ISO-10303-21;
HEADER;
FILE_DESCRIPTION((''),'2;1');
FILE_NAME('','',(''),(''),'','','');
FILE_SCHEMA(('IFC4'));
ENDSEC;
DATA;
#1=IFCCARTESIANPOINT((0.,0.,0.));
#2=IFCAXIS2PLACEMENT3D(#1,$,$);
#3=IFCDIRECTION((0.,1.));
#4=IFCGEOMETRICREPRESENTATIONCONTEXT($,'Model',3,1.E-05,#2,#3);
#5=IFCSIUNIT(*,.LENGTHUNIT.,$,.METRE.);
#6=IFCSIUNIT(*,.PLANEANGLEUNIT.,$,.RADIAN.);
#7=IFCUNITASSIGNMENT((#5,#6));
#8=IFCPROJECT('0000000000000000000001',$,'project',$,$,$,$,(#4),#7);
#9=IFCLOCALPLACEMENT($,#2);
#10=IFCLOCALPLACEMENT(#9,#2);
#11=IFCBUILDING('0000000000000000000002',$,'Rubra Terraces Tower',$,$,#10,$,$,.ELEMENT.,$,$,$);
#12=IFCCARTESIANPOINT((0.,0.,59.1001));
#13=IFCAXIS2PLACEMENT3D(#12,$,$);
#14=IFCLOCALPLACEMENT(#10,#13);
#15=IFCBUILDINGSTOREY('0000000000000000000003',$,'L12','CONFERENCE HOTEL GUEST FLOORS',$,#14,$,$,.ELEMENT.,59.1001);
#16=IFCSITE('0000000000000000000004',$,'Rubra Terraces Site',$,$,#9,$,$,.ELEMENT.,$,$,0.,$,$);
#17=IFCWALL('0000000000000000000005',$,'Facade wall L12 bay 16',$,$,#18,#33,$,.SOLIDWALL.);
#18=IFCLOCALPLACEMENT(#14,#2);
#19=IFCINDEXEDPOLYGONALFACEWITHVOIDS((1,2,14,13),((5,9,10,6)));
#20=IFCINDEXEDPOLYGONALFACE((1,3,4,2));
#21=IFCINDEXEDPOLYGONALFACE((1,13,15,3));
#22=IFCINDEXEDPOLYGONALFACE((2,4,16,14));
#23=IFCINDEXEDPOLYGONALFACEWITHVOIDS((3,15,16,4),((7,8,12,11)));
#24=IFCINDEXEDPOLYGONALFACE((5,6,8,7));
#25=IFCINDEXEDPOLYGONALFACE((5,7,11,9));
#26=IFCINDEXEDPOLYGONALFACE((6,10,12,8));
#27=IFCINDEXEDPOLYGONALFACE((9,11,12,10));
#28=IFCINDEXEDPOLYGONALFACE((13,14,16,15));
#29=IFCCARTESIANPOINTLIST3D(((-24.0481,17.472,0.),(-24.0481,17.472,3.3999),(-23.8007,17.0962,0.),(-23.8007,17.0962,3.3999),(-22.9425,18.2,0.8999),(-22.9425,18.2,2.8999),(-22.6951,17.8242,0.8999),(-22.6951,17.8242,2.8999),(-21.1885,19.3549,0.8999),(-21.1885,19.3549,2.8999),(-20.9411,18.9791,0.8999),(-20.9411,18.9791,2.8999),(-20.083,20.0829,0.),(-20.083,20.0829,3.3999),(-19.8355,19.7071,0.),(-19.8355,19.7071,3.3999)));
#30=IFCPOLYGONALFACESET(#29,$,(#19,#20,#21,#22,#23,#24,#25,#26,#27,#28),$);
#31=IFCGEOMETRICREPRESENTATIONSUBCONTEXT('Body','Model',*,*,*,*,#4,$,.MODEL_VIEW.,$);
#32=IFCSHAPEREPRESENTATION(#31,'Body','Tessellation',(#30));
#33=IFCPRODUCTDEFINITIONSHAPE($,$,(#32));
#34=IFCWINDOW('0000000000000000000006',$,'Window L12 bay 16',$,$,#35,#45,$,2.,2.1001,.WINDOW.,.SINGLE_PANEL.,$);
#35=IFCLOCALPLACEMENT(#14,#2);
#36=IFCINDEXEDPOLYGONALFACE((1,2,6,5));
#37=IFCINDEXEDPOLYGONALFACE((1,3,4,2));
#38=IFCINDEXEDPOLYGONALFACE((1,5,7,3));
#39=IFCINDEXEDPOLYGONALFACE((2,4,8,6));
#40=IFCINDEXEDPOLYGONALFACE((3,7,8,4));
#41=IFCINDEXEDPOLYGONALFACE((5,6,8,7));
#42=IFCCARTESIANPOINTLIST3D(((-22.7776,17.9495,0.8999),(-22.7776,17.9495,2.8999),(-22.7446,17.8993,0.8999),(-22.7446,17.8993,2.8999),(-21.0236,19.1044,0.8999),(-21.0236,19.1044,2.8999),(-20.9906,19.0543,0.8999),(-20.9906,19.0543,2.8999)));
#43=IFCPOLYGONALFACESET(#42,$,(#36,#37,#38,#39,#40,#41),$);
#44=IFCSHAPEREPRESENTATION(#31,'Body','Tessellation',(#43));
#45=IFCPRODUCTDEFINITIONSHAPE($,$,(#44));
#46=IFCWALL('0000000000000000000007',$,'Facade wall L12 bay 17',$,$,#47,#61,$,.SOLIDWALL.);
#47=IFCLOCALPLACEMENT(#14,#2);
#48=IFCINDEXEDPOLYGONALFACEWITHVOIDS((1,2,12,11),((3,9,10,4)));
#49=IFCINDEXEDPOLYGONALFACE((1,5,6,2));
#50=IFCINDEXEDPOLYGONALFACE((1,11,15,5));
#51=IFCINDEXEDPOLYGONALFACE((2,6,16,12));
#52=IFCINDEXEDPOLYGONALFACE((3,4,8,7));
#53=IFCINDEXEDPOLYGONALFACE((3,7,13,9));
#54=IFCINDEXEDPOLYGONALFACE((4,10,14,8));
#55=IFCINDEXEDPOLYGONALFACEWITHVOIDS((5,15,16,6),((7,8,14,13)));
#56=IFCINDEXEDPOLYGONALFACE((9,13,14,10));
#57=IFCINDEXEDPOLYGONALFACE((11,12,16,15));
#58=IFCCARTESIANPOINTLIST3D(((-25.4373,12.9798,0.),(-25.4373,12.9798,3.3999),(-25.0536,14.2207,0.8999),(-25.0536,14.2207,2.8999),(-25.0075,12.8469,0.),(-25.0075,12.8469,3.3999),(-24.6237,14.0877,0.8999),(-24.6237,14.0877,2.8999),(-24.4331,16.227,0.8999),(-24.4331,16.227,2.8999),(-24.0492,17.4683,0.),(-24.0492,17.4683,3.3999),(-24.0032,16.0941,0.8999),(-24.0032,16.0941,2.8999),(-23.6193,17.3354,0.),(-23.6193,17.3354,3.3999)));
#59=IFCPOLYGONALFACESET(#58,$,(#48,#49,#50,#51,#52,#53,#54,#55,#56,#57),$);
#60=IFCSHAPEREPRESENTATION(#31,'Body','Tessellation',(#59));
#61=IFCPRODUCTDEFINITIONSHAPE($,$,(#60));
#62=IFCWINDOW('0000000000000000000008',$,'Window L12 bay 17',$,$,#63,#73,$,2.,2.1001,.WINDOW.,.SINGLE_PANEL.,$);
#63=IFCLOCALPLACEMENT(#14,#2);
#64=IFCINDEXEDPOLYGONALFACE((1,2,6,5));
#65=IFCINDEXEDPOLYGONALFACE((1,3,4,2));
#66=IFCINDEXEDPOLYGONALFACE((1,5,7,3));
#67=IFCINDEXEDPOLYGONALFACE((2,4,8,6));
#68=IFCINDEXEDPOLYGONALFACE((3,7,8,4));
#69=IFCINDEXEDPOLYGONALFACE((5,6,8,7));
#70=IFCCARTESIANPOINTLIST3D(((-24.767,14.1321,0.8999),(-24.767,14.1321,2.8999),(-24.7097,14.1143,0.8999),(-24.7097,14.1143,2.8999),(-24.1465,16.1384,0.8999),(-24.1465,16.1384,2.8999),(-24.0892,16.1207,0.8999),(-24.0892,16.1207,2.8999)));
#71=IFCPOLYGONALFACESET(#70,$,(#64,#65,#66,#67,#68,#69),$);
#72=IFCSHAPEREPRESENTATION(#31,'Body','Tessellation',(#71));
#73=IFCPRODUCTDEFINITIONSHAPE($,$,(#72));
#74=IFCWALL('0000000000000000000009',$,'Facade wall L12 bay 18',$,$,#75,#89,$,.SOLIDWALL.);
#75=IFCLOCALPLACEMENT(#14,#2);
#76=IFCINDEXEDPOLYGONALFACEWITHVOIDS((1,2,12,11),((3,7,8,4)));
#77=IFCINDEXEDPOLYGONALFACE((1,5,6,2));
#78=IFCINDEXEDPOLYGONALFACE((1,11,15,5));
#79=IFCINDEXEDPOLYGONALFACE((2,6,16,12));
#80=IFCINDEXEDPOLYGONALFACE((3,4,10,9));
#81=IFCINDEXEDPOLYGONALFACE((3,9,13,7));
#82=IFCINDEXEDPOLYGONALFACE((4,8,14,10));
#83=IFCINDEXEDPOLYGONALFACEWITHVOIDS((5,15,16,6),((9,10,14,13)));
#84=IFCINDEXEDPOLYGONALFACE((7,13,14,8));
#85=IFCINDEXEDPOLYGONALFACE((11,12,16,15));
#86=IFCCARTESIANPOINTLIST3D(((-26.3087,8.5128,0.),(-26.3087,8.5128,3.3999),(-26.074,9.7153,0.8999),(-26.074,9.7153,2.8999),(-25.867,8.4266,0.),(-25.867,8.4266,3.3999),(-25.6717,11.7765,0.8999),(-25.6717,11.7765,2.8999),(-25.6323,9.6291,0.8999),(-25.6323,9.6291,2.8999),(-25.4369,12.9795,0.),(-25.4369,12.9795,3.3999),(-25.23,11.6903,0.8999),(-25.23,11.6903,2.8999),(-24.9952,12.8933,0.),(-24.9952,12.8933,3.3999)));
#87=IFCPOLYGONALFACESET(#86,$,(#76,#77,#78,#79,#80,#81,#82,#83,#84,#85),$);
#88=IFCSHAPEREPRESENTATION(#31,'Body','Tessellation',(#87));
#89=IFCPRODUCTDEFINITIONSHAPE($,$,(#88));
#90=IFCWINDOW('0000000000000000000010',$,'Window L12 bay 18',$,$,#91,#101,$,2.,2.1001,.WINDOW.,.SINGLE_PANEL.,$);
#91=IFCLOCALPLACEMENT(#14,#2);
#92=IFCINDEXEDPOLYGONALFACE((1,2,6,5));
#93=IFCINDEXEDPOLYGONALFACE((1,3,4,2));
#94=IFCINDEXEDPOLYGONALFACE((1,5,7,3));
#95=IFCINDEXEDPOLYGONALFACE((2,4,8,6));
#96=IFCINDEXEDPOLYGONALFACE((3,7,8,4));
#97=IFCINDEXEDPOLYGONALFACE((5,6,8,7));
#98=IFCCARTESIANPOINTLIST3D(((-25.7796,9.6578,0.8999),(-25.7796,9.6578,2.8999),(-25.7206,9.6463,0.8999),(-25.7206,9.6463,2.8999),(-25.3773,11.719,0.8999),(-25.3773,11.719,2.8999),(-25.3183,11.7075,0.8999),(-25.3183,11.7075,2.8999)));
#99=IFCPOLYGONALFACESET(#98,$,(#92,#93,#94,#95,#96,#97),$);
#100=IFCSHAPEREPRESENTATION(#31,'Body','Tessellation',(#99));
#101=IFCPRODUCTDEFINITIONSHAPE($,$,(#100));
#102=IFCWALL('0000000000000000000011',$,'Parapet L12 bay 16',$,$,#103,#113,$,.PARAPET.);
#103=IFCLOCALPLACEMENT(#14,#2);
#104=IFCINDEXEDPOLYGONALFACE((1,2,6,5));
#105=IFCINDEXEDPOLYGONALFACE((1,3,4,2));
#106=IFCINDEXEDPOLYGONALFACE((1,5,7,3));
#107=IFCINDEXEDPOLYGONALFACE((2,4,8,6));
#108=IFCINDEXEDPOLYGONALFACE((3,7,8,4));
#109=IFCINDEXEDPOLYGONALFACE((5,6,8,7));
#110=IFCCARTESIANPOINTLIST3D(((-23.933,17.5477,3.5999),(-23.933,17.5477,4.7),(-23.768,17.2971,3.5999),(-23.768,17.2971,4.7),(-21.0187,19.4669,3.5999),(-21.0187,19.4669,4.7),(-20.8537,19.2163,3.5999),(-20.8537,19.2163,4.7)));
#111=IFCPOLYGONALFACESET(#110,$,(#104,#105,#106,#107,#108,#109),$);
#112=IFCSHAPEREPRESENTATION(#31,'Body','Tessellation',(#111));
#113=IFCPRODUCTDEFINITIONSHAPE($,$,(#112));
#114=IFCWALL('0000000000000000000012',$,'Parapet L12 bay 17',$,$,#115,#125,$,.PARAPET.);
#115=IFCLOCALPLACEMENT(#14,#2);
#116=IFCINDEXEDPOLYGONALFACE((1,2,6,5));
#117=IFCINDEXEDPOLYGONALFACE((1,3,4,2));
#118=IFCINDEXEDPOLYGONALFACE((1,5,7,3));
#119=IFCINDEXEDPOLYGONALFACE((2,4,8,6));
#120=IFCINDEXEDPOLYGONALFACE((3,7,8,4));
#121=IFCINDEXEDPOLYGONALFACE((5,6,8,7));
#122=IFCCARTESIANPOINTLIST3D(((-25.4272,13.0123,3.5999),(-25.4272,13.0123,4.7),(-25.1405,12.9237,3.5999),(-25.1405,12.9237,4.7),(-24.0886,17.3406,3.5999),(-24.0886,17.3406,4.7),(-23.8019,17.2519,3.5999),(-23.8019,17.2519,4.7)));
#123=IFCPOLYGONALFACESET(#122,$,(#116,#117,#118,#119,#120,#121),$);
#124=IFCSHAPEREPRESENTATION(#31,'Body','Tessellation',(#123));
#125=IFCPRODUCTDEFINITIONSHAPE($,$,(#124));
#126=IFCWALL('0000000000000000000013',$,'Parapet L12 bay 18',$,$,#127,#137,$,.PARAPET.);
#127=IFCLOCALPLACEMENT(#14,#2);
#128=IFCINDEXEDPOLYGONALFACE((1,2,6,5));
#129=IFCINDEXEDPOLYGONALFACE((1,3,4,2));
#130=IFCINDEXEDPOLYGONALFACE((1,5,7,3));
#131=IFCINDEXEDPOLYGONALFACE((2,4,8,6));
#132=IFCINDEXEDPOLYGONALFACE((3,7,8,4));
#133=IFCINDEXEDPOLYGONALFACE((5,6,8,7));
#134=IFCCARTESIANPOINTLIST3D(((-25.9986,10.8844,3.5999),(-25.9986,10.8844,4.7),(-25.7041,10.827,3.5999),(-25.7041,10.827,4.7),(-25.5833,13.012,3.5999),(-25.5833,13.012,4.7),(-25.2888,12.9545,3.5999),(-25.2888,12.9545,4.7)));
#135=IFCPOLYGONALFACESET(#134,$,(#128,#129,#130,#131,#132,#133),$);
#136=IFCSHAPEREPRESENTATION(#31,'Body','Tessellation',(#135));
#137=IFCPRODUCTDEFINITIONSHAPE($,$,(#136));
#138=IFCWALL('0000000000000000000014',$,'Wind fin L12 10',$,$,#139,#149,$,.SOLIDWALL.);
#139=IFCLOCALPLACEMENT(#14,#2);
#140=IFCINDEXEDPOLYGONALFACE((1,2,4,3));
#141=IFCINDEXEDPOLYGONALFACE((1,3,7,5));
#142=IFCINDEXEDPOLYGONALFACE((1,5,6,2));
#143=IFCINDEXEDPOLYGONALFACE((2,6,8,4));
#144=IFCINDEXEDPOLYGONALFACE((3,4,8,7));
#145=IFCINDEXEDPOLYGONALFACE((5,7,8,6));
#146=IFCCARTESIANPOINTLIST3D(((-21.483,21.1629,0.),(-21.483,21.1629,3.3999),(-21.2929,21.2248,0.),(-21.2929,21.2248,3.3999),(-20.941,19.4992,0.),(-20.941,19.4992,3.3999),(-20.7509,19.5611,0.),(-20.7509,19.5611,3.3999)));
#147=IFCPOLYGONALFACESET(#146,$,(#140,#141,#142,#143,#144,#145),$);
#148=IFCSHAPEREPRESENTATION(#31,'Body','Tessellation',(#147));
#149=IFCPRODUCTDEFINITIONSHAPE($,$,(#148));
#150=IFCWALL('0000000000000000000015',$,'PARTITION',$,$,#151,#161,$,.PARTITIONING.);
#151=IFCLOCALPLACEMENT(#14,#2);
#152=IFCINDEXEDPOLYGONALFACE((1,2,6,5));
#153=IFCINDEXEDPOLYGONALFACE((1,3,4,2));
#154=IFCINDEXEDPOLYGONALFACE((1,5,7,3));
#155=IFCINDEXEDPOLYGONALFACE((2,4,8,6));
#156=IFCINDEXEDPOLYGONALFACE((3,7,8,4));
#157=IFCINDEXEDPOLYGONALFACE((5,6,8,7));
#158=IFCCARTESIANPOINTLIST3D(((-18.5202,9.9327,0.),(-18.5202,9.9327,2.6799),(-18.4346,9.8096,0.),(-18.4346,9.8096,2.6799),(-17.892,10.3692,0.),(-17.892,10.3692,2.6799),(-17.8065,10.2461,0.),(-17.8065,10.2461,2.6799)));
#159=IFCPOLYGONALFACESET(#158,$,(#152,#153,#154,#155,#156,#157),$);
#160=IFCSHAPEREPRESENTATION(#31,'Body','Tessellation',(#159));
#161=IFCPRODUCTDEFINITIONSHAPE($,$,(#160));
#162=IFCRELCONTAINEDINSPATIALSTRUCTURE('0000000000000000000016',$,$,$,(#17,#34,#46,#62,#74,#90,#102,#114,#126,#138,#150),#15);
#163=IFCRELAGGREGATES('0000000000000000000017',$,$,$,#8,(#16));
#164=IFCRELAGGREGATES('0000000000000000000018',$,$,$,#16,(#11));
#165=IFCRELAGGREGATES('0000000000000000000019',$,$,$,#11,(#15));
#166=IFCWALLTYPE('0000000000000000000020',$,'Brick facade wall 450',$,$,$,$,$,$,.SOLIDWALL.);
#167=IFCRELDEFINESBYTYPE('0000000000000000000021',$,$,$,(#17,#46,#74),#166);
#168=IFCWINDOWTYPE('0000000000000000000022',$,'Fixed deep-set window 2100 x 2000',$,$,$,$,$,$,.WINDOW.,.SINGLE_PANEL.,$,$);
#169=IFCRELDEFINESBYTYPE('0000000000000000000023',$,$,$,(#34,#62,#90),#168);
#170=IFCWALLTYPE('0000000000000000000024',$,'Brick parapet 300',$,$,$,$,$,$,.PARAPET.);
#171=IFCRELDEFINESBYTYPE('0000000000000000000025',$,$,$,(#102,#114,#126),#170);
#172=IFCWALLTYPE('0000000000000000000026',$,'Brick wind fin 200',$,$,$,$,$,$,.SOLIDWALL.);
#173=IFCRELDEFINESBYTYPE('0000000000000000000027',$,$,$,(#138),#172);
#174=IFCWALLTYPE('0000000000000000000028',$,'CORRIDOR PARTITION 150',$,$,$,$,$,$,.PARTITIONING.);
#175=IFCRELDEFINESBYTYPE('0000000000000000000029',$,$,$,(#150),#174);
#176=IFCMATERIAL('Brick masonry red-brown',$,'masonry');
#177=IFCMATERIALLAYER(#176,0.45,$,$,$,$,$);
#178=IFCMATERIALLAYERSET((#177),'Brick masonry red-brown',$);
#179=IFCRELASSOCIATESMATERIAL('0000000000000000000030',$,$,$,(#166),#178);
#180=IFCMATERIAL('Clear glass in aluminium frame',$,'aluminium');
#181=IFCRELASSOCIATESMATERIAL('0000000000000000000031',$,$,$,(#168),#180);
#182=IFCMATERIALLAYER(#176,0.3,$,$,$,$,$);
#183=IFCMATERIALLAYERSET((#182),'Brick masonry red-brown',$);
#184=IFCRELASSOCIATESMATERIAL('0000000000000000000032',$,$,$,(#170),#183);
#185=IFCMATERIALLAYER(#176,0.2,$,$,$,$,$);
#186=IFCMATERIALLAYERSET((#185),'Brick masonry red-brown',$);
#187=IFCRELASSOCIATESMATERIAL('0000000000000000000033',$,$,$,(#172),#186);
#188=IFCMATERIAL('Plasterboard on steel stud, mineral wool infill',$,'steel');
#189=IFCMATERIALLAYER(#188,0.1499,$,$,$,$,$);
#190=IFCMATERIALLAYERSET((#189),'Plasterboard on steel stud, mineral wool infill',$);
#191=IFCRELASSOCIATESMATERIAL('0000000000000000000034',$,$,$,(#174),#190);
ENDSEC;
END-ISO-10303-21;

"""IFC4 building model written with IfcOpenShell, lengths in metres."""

from ifc_helpers import new_model, si_unit, direction, frame, frame_2d, origin, place, context, subcontext, project, spatial, rectangle, extrude, material, layer, layer_set, type_object, element, fill, save


model = new_model("IFC4")

# Units and contexts
model_context = context("Model", 3, precision=1e-05, world=origin(), true_north=direction((0.0, 1.0)))
body_context = subcontext(model_context, "Body", "Model", "MODEL_VIEW")
ifc_project = project(units=[si_unit("LENGTHUNIT", "METRE"), si_unit("PLANEANGLEUNIT", "RADIAN")], contexts=[model_context])

# Site, building, storey
site_placement = place(None, origin())
site = spatial("IfcSite", under=ifc_project, at=site_placement, Name="Rubra Terraces Site", CompositionType="ELEMENT", RefElevation=0.0)
building_placement = place(site_placement, origin())
building = spatial("IfcBuilding", under=site, at=building_placement, Name="Rubra Terraces Tower", CompositionType="ELEMENT")
storey_placement = place(building_placement, frame((0.0, 0.0, 59.1001)))
storey = spatial("IfcBuildingStorey", under=building, at=storey_placement, Name="L12", Description="CONFERENCE HOTEL GUEST FLOORS", CompositionType="ELEMENT", Elevation=59.1001)

# Walls, openings, windows
ifc_material_1 = material(Name="Brick masonry red-brown", Category="masonry")
ifc_layer_1 = layer(ifc_material_1, 0.45)
ifc_layer_set_1 = layer_set([ifc_layer_1], Name="Brick masonry red-brown")
wall_type_1 = type_object("IfcWallType", Name="Brick facade wall 450", PredefinedType="SOLIDWALL", material=ifc_layer_set_1)
wall_1_placement = place(storey_placement, frame((-19.9592, 19.895, 0.0), z_axis=(0.0, 0.0, 1.0), x_axis=(-0.835201, -0.549944, 0.0)))
wall_1 = element("IfcWall", 1, at=wall_1_placement, inside=storey, type_object=wall_type_1, Name="Facade wall L12 bay 16", PredefinedType="SOLIDWALL", context=body_context, shape_type="SweptSolid", body=[
    extrude(rectangle(XDim=4.7476, YDim=0.45, at=frame_2d((2.3738, 0.0))), origin(), (0.0, 0.0, 1.0), 3.3999),
])
opening_1_placement = place(wall_1_placement, frame((1.3237, 0.0, 0.8999)))
opening_1 = element("IfcOpeningElement", 2, at=opening_1_placement, cuts=wall_1, PredefinedType="OPENING", context=body_context, shape_type="SweptSolid", body=[
    extrude(rectangle(XDim=2.1001, YDim=2.0, at=frame_2d((1.05, 1.0))), frame((0.0, 0.2349, 0.0), z_axis=(0.0, -1.0, 0.0), x_axis=(1.0, 0.0, 0.0)), (0.0, 0.0, 1.0), 0.47),
])
ifc_material_2 = material(Name="Clear glass in aluminium frame", Category="aluminium")
window_type = type_object("IfcWindowType", Name="Fixed deep-set window 2100 x 2000", PartitioningType="SINGLE_PANEL", PredefinedType="WINDOW", material=ifc_material_2)
window_1_placement = place(opening_1_placement, origin())
window_1 = element("IfcWindow", 3, at=window_1_placement, inside=storey, type_object=window_type, Name="Window L12 bay 16", OverallHeight=2.0, OverallWidth=2.1001, PartitioningType="SINGLE_PANEL", PredefinedType="WINDOW", context=body_context, shape_type="SweptSolid", body=[
    extrude(rectangle(XDim=2.1001, YDim=2.0, at=frame_2d((1.05, 1.0))), frame((0.0, 0.135, 0.0), z_axis=(0.0, -1.0, 0.0), x_axis=(1.0, 0.0, 0.0)), (0.0, 0.0, 1.0), 0.0601),
])
fill(opening_1, window_1)
wall_2_placement = place(storey_placement, frame((-23.8342, 17.4019, 0.0), z_axis=(0.0, 0.0, 1.0), x_axis=(-0.295466, -0.955353, 0.0)))
wall_2 = element("IfcWall", 4, at=wall_2_placement, inside=storey, type_object=wall_type_1, Name="Facade wall L12 bay 17", PredefinedType="SOLIDWALL", context=body_context, shape_type="SweptSolid", body=[
    extrude(rectangle(XDim=4.6982, YDim=0.45, at=frame_2d((2.3491, 0.0))), origin(), (0.0, 0.0, 1.0), 3.3999),
])
opening_2_placement = place(wall_2_placement, frame((1.2993, 0.0, 0.8999)))
opening_2 = element("IfcOpeningElement", 5, at=opening_2_placement, cuts=wall_2, PredefinedType="OPENING", context=body_context, shape_type="SweptSolid", body=[
    extrude(rectangle(XDim=2.1001, YDim=2.0, at=frame_2d((1.05, 1.0))), frame((0.0, 0.2349, 0.0), z_axis=(0.0, -1.0, 0.0), x_axis=(1.0, 0.0, 0.0)), (0.0, 0.0, 1.0), 0.47),
])
window_2_placement = place(opening_2_placement, origin())
window_2 = element("IfcWindow", 6, at=window_2_placement, inside=storey, type_object=window_type, Name="Window L12 bay 17", OverallHeight=2.0, OverallWidth=2.1001, PartitioningType="SINGLE_PANEL", PredefinedType="WINDOW", context=body_context, shape_type="SweptSolid", body=[
    extrude(rectangle(XDim=2.1001, YDim=2.0, at=frame_2d((1.05, 1.0))), frame((0.0, 0.135, 0.0), z_axis=(0.0, -1.0, 0.0), x_axis=(1.0, 0.0, 0.0)), (0.0, 0.0, 1.0), 0.0601),
])
fill(opening_2, window_2)
wall_3_placement = place(storey_placement, frame((-25.2161, 12.9363, 0.0), z_axis=(0.0, 0.0, 1.0), x_axis=(-0.191565, -0.98148, 0.0)))
wall_3 = element("IfcWall", 7, at=wall_3_placement, inside=storey, type_object=wall_type_1, Name="Facade wall L12 bay 18", PredefinedType="SOLIDWALL", context=body_context, shape_type="SweptSolid", body=[
    extrude(rectangle(XDim=4.551, YDim=0.45, at=frame_2d((2.2754, 0.0))), origin(), (0.0, 0.0, 1.0), 3.3999),
])
opening_3_placement = place(wall_3_placement, frame((1.2256, 0.0, 0.8999)))
opening_3 = element("IfcOpeningElement", 8, at=opening_3_placement, cuts=wall_3, PredefinedType="OPENING", context=body_context, shape_type="SweptSolid", body=[
    extrude(rectangle(XDim=2.1001, YDim=2.0, at=frame_2d((1.05, 1.0))), frame((0.0, 0.2349, 0.0), z_axis=(0.0, -1.0, 0.0), x_axis=(1.0, 0.0, 0.0)), (0.0, 0.0, 1.0), 0.47),
])
window_3_placement = place(opening_3_placement, origin())
window_3 = element("IfcWindow", 9, at=window_3_placement, inside=storey, type_object=window_type, Name="Window L12 bay 18", OverallHeight=2.0, OverallWidth=2.1001, PartitioningType="SINGLE_PANEL", PredefinedType="WINDOW", context=body_context, shape_type="SweptSolid", body=[
    extrude(rectangle(XDim=2.1001, YDim=2.0, at=frame_2d((1.05, 1.0))), frame((0.0, 0.135, 0.0), z_axis=(0.0, -1.0, 0.0), x_axis=(1.0, 0.0, 0.0)), (0.0, 0.0, 1.0), 0.0601),
])
fill(opening_3, window_3)

# Walls
ifc_layer_2 = layer(ifc_material_1, 0.3)
ifc_layer_set_2 = layer_set([ifc_layer_2], Name="Brick masonry red-brown")
wall_type_2 = type_object("IfcWallType", Name="Brick parapet 300", PredefinedType="PARAPET", material=ifc_layer_set_2)
wall_4_placement = place(storey_placement, frame((-20.9363, 19.3416, 3.5999), z_axis=(0.0, 0.0, 1.0), x_axis=(-0.835169, -0.549993, 0.0)))
element("IfcWall", 10, at=wall_4_placement, inside=storey, type_object=wall_type_2, Name="Parapet L12 bay 16", PredefinedType="PARAPET", context=body_context, shape_type="SweptSolid", body=[
    extrude(rectangle(XDim=3.4895, YDim=0.3, at=frame_2d((1.7446, 0.0))), origin(), (0.0, 0.0, 1.0), 1.1001),
])
wall_5_placement = place(storey_placement, frame((-23.9453, 17.2961, 3.5999), z_axis=(0.0, 0.0, 1.0), x_axis=(-0.29546, -0.955355, 0.0)))
element("IfcWall", 11, at=wall_5_placement, inside=storey, type_object=wall_type_2, Name="Parapet L12 bay 17", PredefinedType="PARAPET", context=body_context, shape_type="SweptSolid", body=[
    extrude(rectangle(XDim=4.5305, YDim=0.3, at=frame_2d((2.2651, 0.0))), origin(), (0.0, 0.0, 1.0), 1.1001),
])
wall_6_placement = place(storey_placement, frame((-25.436, 12.9834, 3.5999), z_axis=(0.0, 0.0, 1.0), x_axis=(-0.191566, -0.98148, 0.0)))
element("IfcWall", 12, at=wall_6_placement, inside=storey, type_object=wall_type_2, Name="Parapet L12 bay 18", PredefinedType="PARAPET", context=body_context, shape_type="SweptSolid", body=[
    extrude(rectangle(XDim=2.1677, YDim=0.3, at=frame_2d((1.084, 0.0))), origin(), (0.0, 0.0, 1.0), 1.1001),
])
ifc_layer_3 = layer(ifc_material_1, 0.2)
ifc_layer_set_3 = layer_set([ifc_layer_3], Name="Brick masonry red-brown")
wall_type_3 = type_object("IfcWallType", Name="Brick wind fin 200", PredefinedType="SOLIDWALL", material=ifc_layer_set_3)
wall_7_placement = place(storey_placement, frame((-20.8459, 19.53, 0.0), z_axis=(0.0, 0.0, 1.0), x_axis=(-0.309733, 0.950824, 0.0)))
element("IfcWall", 13, at=wall_7_placement, inside=storey, type_object=wall_type_3, Name="Wind fin L12 10", PredefinedType="SOLIDWALL", context=body_context, shape_type="SweptSolid", body=[
    extrude(rectangle(XDim=1.7498, YDim=0.2, at=frame_2d((0.875, 0.0))), origin(), (0.0, 0.0, 1.0), 3.3999),
])
ifc_material_3 = material(Name="Plasterboard on steel stud, mineral wool infill", Category="steel")
ifc_layer_4 = layer(ifc_material_3, 0.1499)
ifc_layer_set_4 = layer_set([ifc_layer_4], Name="Plasterboard on steel stud, mineral wool infill")
wall_type_4 = type_object("IfcWallType", Name="CORRIDOR PARTITION 150", PredefinedType="PARTITIONING", material=ifc_layer_set_4)
wall_8_placement = place(storey_placement, frame((-17.8494, 10.3076, 0.0), z_axis=(0.0, 0.0, 1.0), x_axis=(-0.821191, -0.570653, 0.0)))
element("IfcWall", 14, at=wall_8_placement, inside=storey, type_object=wall_type_4, Name="PARTITION", PredefinedType="PARTITIONING", context=body_context, shape_type="SweptSolid", body=[
    extrude(rectangle(XDim=0.7649, YDim=0.1499, at=frame_2d((0.3823, 0.0))), origin(), (0.0, 0.0, 1.0), 2.6799),
])

save(model, "model.ifc")
